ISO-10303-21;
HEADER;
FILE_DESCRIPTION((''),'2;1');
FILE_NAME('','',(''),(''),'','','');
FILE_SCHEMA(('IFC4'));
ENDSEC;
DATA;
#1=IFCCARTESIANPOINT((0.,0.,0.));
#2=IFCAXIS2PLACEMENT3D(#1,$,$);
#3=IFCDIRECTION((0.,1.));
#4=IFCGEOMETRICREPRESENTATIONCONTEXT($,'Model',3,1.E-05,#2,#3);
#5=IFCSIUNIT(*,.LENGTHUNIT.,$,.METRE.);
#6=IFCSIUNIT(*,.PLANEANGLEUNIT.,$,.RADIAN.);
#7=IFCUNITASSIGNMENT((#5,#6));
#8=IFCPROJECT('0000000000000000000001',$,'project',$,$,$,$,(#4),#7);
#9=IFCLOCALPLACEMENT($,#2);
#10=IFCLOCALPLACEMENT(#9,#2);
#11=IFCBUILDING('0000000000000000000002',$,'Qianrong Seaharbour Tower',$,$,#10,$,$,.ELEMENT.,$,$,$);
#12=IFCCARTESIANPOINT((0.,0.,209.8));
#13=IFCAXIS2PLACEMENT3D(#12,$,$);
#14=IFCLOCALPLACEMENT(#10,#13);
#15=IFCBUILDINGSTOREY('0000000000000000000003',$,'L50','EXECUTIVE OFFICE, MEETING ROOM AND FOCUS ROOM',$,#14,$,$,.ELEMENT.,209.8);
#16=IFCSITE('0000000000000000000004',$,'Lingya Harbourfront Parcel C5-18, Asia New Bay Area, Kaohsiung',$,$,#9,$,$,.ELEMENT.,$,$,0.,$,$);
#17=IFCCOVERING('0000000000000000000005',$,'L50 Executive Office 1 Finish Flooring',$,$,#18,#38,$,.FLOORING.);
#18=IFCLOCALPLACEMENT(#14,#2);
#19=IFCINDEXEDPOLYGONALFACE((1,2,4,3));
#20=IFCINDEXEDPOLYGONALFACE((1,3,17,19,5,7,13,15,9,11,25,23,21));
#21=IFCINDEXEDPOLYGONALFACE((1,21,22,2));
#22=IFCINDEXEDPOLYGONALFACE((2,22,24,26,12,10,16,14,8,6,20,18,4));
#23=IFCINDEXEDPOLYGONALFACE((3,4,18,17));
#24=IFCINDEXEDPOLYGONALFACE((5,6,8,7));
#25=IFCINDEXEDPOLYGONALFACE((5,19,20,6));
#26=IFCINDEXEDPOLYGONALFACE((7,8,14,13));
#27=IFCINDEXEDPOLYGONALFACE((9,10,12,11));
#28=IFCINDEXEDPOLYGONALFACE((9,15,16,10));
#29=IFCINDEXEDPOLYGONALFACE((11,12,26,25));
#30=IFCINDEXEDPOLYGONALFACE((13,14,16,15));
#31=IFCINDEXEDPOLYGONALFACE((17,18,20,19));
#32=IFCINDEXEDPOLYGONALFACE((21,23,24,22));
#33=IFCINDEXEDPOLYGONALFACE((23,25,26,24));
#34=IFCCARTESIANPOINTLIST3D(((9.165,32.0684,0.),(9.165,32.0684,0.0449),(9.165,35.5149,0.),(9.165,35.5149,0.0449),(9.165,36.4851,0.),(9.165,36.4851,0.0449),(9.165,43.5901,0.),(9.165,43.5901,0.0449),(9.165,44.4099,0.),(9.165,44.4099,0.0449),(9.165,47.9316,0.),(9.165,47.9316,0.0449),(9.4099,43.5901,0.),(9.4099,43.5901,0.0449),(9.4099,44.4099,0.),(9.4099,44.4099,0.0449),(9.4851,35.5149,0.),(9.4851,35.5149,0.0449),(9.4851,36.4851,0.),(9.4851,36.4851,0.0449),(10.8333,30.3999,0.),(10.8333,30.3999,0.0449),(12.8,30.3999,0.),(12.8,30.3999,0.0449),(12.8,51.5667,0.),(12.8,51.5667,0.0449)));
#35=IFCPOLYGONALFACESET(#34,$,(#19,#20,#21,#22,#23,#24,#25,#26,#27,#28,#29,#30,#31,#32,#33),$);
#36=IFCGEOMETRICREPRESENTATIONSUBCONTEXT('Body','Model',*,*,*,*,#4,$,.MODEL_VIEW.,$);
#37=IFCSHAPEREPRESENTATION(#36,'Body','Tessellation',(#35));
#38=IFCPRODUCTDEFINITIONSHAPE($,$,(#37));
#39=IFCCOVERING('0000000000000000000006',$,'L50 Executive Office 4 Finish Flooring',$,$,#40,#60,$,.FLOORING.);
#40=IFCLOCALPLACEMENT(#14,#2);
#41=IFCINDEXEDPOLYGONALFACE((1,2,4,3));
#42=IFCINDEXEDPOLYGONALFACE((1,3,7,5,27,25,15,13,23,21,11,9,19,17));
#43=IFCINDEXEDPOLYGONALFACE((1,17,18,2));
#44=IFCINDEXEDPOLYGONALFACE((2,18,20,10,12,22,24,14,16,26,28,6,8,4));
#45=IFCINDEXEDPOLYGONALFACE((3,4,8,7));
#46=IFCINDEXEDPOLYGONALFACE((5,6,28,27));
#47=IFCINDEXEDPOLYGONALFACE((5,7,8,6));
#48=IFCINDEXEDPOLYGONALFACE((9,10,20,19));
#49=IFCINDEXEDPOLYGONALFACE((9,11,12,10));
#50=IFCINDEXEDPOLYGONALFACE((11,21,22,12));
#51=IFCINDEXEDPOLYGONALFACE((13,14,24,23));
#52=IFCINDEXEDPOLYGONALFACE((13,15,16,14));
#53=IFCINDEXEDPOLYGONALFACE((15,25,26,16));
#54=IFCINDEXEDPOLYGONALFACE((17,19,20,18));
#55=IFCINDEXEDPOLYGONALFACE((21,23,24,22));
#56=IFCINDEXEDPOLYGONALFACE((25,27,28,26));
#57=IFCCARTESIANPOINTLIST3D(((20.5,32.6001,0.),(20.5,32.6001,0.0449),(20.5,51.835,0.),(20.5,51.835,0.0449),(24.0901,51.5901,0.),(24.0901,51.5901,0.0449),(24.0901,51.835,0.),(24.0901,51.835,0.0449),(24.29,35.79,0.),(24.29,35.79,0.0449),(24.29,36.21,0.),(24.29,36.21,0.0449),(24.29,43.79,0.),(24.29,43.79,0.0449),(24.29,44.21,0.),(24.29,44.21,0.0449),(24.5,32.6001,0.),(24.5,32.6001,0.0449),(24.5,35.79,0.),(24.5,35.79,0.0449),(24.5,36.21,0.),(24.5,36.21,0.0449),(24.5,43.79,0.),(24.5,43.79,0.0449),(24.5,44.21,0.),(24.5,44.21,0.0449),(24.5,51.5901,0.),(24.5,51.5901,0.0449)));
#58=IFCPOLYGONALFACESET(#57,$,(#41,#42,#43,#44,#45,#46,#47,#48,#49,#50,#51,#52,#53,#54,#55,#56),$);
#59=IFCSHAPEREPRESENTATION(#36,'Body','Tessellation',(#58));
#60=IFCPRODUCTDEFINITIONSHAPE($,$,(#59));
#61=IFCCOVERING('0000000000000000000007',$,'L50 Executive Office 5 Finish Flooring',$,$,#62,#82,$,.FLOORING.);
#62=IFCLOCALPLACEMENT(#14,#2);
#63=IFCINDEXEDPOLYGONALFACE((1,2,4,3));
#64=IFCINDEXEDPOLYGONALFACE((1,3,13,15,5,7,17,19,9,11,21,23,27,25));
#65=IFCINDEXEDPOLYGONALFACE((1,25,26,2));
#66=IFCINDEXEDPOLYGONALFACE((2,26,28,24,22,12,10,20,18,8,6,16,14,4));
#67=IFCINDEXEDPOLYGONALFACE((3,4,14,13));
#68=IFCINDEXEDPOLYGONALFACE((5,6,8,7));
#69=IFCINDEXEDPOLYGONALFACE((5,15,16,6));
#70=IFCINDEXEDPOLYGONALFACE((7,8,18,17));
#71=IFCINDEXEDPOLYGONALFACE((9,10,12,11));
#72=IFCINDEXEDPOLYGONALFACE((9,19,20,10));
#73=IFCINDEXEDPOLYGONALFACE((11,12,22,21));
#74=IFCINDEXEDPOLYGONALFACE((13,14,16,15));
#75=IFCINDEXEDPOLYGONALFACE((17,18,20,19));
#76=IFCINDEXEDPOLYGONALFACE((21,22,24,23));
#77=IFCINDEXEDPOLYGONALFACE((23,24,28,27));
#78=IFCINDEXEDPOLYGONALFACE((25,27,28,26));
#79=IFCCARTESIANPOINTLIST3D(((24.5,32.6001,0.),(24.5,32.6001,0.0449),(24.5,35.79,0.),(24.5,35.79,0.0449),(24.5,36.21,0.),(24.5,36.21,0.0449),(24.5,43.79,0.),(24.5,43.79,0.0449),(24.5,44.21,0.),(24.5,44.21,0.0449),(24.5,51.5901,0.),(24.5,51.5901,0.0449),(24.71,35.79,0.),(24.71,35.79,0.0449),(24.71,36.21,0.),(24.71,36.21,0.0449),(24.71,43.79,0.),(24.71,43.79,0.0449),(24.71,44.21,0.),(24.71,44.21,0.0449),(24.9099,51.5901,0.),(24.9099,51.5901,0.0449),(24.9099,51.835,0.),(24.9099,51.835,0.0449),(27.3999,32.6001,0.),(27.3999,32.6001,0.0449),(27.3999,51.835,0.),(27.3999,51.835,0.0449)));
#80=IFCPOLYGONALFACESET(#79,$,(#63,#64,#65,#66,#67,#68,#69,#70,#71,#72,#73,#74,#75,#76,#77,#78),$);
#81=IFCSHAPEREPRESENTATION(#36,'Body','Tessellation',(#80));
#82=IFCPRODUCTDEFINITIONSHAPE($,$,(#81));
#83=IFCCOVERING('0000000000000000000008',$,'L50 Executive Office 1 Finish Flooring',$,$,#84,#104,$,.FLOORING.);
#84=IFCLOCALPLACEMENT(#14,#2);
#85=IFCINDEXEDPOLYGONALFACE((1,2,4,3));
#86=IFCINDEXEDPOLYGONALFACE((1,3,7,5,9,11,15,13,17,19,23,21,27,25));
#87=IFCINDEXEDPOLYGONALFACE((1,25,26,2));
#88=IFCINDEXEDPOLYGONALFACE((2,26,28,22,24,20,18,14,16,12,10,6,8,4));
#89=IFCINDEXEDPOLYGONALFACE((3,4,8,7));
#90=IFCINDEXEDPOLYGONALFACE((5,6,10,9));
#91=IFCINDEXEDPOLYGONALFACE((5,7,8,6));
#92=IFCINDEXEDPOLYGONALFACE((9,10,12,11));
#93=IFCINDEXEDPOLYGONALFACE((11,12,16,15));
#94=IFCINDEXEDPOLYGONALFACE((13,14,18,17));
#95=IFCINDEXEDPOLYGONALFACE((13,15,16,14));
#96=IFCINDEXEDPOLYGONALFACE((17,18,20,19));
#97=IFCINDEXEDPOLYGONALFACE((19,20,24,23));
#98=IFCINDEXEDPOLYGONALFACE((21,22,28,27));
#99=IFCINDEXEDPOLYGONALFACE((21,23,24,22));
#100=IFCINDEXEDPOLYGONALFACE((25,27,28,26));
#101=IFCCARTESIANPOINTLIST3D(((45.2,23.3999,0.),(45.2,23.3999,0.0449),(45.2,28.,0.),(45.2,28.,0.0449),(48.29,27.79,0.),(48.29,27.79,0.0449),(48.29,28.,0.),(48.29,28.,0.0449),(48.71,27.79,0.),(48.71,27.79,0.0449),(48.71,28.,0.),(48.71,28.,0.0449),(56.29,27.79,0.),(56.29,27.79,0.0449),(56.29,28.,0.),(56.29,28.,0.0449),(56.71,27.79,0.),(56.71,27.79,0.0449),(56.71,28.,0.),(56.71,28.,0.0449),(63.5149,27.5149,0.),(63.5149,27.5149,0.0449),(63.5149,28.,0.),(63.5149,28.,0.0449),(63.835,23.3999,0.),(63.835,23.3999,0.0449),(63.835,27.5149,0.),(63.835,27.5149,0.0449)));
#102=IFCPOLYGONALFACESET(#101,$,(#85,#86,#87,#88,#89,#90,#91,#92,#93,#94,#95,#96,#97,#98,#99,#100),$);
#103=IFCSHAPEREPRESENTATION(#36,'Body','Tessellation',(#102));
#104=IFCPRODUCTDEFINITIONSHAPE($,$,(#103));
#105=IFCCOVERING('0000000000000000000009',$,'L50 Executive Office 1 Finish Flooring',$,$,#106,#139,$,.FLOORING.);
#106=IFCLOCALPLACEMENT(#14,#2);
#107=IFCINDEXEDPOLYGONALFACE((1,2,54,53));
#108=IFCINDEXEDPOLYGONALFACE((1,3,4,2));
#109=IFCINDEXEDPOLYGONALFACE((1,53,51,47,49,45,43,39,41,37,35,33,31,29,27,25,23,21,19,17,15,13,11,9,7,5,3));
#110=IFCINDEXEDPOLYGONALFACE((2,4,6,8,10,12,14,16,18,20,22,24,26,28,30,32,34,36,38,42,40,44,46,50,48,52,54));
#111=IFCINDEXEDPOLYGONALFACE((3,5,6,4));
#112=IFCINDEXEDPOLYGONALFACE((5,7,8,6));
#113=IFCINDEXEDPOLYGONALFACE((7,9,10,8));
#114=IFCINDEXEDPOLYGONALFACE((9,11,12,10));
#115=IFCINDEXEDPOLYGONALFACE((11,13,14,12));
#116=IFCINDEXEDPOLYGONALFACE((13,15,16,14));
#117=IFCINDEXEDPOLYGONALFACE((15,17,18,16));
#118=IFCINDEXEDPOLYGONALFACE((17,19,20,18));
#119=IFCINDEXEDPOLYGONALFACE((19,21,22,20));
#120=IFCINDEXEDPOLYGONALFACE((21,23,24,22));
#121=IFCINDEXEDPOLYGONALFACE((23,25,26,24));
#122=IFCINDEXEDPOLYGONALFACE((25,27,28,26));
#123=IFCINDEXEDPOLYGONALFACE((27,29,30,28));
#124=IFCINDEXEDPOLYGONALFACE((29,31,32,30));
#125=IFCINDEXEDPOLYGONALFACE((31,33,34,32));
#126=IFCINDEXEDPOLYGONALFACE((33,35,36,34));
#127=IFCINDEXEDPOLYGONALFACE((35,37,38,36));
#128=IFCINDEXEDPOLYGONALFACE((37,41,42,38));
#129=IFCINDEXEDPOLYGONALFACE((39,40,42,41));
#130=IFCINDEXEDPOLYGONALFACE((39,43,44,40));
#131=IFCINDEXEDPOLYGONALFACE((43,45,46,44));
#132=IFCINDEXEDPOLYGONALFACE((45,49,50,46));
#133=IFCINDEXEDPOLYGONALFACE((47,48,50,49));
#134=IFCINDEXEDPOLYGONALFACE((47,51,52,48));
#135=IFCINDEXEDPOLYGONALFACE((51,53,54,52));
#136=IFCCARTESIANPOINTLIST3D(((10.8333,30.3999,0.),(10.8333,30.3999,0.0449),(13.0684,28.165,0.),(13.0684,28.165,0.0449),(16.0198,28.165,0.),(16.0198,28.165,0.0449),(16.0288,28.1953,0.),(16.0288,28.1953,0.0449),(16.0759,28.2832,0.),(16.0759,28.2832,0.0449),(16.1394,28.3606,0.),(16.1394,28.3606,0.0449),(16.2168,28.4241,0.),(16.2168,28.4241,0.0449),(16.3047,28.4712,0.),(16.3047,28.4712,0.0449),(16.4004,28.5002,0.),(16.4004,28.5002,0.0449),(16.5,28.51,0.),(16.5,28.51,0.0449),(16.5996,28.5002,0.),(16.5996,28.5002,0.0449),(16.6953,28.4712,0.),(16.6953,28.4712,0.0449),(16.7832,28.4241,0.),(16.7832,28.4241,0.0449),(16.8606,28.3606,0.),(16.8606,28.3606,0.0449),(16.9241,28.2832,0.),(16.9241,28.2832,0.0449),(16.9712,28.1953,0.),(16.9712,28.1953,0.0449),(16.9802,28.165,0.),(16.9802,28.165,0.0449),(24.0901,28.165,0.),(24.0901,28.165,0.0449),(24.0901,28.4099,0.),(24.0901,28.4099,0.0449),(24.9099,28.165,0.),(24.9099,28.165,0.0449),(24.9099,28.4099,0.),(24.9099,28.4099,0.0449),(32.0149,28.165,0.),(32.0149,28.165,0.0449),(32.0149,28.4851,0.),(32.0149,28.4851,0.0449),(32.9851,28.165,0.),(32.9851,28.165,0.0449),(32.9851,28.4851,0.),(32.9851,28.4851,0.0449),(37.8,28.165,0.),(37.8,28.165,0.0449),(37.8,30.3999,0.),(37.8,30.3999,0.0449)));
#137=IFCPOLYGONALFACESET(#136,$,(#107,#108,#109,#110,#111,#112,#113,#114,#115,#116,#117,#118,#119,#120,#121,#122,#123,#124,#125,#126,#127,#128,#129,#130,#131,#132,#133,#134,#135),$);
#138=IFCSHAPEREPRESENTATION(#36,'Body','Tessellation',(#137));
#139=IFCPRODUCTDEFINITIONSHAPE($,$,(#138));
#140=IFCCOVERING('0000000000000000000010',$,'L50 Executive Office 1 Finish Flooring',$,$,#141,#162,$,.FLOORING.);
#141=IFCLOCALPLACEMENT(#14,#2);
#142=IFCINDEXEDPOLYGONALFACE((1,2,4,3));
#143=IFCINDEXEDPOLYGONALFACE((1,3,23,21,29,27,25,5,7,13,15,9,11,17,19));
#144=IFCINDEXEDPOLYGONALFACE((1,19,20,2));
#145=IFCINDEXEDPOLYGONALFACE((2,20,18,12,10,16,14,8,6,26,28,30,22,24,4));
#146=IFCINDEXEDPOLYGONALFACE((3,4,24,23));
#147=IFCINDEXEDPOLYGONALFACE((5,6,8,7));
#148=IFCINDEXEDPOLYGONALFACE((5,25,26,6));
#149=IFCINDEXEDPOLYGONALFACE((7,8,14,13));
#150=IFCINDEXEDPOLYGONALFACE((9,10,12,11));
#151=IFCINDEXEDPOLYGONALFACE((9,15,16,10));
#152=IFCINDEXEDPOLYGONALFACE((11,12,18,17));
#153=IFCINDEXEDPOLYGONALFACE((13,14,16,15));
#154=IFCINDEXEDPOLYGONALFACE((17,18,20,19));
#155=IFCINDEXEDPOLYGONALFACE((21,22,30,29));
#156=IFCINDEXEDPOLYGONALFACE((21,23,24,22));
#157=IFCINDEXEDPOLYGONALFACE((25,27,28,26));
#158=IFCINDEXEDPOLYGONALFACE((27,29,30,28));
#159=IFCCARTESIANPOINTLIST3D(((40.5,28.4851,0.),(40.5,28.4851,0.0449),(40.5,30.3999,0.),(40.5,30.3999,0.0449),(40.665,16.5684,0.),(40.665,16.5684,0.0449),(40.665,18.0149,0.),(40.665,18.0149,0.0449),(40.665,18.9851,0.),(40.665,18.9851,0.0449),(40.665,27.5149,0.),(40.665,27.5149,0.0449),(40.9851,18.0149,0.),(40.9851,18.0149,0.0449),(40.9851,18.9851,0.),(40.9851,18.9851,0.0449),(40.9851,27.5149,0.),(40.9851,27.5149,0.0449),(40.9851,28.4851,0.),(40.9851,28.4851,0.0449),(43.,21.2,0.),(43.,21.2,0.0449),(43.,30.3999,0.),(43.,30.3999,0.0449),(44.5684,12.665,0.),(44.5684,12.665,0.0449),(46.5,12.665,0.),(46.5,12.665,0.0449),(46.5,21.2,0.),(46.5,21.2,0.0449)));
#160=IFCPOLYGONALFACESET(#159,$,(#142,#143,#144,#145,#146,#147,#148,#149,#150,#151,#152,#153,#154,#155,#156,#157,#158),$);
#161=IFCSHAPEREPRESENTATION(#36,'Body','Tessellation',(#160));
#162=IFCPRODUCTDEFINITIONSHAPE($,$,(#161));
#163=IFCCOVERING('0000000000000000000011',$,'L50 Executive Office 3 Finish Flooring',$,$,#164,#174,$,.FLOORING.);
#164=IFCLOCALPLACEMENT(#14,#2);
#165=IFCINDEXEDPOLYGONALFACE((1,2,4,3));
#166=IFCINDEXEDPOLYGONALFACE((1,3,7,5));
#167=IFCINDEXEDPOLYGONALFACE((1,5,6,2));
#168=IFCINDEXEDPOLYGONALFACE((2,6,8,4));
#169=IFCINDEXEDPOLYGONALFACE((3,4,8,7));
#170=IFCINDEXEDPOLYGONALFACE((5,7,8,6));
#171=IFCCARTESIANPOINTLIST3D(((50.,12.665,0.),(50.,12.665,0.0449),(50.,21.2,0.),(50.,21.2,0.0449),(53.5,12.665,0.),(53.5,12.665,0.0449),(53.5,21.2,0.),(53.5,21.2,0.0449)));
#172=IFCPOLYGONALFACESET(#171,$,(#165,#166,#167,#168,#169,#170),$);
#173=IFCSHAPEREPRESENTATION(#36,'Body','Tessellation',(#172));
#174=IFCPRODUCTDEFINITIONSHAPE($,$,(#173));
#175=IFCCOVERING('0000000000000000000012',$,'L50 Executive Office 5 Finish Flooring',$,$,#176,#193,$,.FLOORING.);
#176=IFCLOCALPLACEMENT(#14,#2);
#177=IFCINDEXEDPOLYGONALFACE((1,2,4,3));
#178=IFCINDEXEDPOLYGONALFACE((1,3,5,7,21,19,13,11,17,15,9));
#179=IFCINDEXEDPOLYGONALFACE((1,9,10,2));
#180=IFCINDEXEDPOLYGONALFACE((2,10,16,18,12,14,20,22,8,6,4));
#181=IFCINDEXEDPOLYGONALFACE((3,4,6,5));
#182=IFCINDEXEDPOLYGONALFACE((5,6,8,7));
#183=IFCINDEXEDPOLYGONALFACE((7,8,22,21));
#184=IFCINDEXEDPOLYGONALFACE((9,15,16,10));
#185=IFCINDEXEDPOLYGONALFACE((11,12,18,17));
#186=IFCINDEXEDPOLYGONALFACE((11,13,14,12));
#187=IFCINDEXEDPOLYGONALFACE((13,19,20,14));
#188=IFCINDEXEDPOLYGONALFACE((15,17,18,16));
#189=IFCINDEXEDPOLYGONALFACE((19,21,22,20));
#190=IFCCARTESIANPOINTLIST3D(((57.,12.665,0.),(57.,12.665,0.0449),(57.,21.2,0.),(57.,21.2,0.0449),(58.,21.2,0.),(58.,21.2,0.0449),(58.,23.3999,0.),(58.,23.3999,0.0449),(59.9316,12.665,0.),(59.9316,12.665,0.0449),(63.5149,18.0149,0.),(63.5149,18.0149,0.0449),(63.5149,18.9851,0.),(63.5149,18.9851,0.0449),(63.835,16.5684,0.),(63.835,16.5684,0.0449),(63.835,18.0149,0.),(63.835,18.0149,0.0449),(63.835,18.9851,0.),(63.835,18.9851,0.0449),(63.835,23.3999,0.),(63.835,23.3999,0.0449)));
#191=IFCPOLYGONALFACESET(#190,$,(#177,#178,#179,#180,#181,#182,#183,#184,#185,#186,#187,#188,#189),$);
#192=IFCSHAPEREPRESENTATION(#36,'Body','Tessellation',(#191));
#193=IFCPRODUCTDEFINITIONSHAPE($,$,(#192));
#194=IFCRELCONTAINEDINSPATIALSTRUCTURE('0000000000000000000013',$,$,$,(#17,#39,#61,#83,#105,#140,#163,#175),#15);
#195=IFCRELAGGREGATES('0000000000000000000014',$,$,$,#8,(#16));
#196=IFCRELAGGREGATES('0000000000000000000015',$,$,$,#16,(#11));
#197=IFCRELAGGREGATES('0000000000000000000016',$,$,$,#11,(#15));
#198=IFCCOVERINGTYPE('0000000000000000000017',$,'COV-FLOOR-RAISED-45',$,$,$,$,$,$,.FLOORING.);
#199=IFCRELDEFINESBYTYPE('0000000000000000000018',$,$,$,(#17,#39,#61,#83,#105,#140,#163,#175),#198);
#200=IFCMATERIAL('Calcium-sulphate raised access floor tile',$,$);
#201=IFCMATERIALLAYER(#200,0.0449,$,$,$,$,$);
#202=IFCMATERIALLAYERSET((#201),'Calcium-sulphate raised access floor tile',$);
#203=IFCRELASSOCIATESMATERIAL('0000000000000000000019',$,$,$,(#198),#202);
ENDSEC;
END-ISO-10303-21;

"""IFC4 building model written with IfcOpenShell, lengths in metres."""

from ifc_helpers import new_model, si_unit, direction, frame, origin, place, context, subcontext, project, spatial, polyline, outline, extrude, material, layer, layer_set, type_object, element, save


model = new_model("IFC4")

# Units and contexts
model_context = context("Model", 3, precision=1e-05, world=origin(), true_north=direction((0.0, 1.0)))
body_context = subcontext(model_context, "Body", "Model", "MODEL_VIEW")
ifc_project = project(units=[si_unit("LENGTHUNIT", "METRE"), si_unit("PLANEANGLEUNIT", "RADIAN")], contexts=[model_context])

# Site, building, storey
site_placement = place(None, origin())
site = spatial("IfcSite", under=ifc_project, at=site_placement, Name="Lingya Harbourfront Parcel C5-18, Asia New Bay Area, Kaohsiung", CompositionType="ELEMENT", RefElevation=0.0)
building_placement = place(site_placement, origin())
building = spatial("IfcBuilding", under=site, at=building_placement, Name="Qianrong Seaharbour Tower", CompositionType="ELEMENT")
storey_placement = place(building_placement, frame((0.0, 0.0, 209.8)))
storey = spatial("IfcBuildingStorey", under=building, at=storey_placement, Name="L50", Description="EXECUTIVE OFFICE, MEETING ROOM AND FOCUS ROOM", CompositionType="ELEMENT", Elevation=209.8)

# Coverings
ifc_material_1 = material(Name="Calcium-sulphate raised access floor tile")
ifc_layer_1 = layer(ifc_material_1, 0.0449)
ifc_layer_set_1 = layer_set([ifc_layer_1], Name="Calcium-sulphate raised access floor tile")
covering_type_1 = type_object("IfcCoveringType", Name="COV-FLOOR-RAISED-45", PredefinedType="FLOORING", material=ifc_layer_set_1)
covering_1_placement = place(storey_placement, origin())
element("IfcCovering", 1, at=covering_1_placement, inside=storey, type_object=covering_type_1, Name="L50 Executive Office 1 Finish Flooring", PredefinedType="FLOORING", context=body_context, shape_type="SweptSolid", body=[
    extrude(outline(polyline([(9.165, 32.0684), (9.165, 35.5149), (9.4851, 35.5149), (9.4851, 36.4851), (9.165, 36.4851), (9.165, 43.5901), (9.4099, 43.5901), (9.4099, 44.4099), (9.165, 44.4099), (9.165, 47.9316), (12.8, 51.5667), (12.8, 30.3999), (10.8333, 30.3999), (9.165, 32.0684)])), origin(), (0.0, 0.0, 1.0), 0.0449),
])
covering_2_placement = place(storey_placement, origin())
element("IfcCovering", 2, at=covering_2_placement, inside=storey, type_object=covering_type_1, Name="L50 Executive Office 4 Finish Flooring", PredefinedType="FLOORING", context=body_context, shape_type="SweptSolid", body=[
    extrude(outline(polyline([(24.0901, 51.835), (24.0901, 51.5901), (24.5, 51.5901), (24.5, 44.21), (24.29, 44.21), (24.29, 43.79), (24.5, 43.79), (24.5, 36.21), (24.29, 36.21), (24.29, 35.79), (24.5, 35.79), (24.5, 32.6001), (20.5, 32.6001), (20.5, 51.835), (24.0901, 51.835)])), origin(), (0.0, 0.0, 1.0), 0.0449),
])
covering_3_placement = place(storey_placement, origin())
element("IfcCovering", 3, at=covering_3_placement, inside=storey, type_object=covering_type_1, Name="L50 Executive Office 5 Finish Flooring", PredefinedType="FLOORING", context=body_context, shape_type="SweptSolid", body=[
    extrude(outline(polyline([(27.3999, 51.835), (27.3999, 32.6001), (24.5, 32.6001), (24.5, 35.79), (24.71, 35.79), (24.71, 36.21), (24.5, 36.21), (24.5, 43.79), (24.71, 43.79), (24.71, 44.21), (24.5, 44.21), (24.5, 51.5901), (24.9099, 51.5901), (24.9099, 51.835), (27.3999, 51.835)])), origin(), (0.0, 0.0, 1.0), 0.0449),
])
covering_4_placement = place(storey_placement, origin())
element("IfcCovering", 4, at=covering_4_placement, inside=storey, type_object=covering_type_1, Name="L50 Executive Office 1 Finish Flooring", PredefinedType="FLOORING", context=body_context, shape_type="SweptSolid", body=[
    extrude(outline(polyline([(48.29, 28.0), (48.29, 27.79), (48.71, 27.79), (48.71, 28.0), (56.29, 28.0), (56.29, 27.79), (56.71, 27.79), (56.71, 28.0), (63.5149, 28.0), (63.5149, 27.5149), (63.835, 27.5149), (63.835, 23.3999), (45.2, 23.3999), (45.2, 28.0), (48.29, 28.0)])), origin(), (0.0, 0.0, 1.0), 0.0449),
])
covering_5_placement = place(storey_placement, origin())
element("IfcCovering", 5, at=covering_5_placement, inside=storey, type_object=covering_type_1, Name="L50 Executive Office 1 Finish Flooring", PredefinedType="FLOORING", context=body_context, shape_type="SweptSolid", body=[
    extrude(outline(polyline([(32.9851, 28.165), (32.9851, 28.4851), (32.0149, 28.4851), (32.0149, 28.165), (24.9099, 28.165), (24.9099, 28.4099), (24.0901, 28.4099), (24.0901, 28.165), (16.9802, 28.165), (16.9712, 28.1953), (16.9241, 28.2832), (16.8606, 28.3606), (16.7832, 28.4241), (16.6953, 28.4712), (16.5996, 28.5002), (16.5, 28.51), (16.4004, 28.5002), (16.3047, 28.4712), (16.2168, 28.4241), (16.1394, 28.3606), (16.0759, 28.2832), (16.0288, 28.1953), (16.0198, 28.165), (13.0684, 28.165), (10.8333, 30.3999), (37.8, 30.3999), (37.8, 28.165), (32.9851, 28.165)])), origin(), (0.0, 0.0, 1.0), 0.0449),
])
covering_6_placement = place(storey_placement, origin())
element("IfcCovering", 6, at=covering_6_placement, inside=storey, type_object=covering_type_1, Name="L50 Executive Office 1 Finish Flooring", PredefinedType="FLOORING", context=body_context, shape_type="SweptSolid", body=[
    extrude(outline(polyline([(43.0, 21.2), (46.5, 21.2), (46.5, 12.665), (44.5684, 12.665), (40.665, 16.5684), (40.665, 18.0149), (40.9851, 18.0149), (40.9851, 18.9851), (40.665, 18.9851), (40.665, 27.5149), (40.9851, 27.5149), (40.9851, 28.4851), (40.5, 28.4851), (40.5, 30.3999), (43.0, 30.3999), (43.0, 21.2)])), origin(), (0.0, 0.0, 1.0), 0.0449),
])
covering_7_placement = place(storey_placement, origin())
element("IfcCovering", 7, at=covering_7_placement, inside=storey, type_object=covering_type_1, Name="L50 Executive Office 3 Finish Flooring", PredefinedType="FLOORING", context=body_context, shape_type="SweptSolid", body=[
    extrude(outline(polyline([(50.0, 12.665), (50.0, 21.2), (53.5, 21.2), (53.5, 12.665), (50.0, 12.665)])), origin(), (0.0, 0.0, 1.0), 0.0449),
])
covering_8_placement = place(storey_placement, origin())
element("IfcCovering", 8, at=covering_8_placement, inside=storey, type_object=covering_type_1, Name="L50 Executive Office 5 Finish Flooring", PredefinedType="FLOORING", context=body_context, shape_type="SweptSolid", body=[
    extrude(outline(polyline([(59.9316, 12.665), (57.0, 12.665), (57.0, 21.2), (58.0, 21.2), (58.0, 23.3999), (63.835, 23.3999), (63.835, 18.9851), (63.5149, 18.9851), (63.5149, 18.0149), (63.835, 18.0149), (63.835, 16.5684), (59.9316, 12.665)])), origin(), (0.0, 0.0, 1.0), 0.0449),
])

save(model, "model.ifc")
